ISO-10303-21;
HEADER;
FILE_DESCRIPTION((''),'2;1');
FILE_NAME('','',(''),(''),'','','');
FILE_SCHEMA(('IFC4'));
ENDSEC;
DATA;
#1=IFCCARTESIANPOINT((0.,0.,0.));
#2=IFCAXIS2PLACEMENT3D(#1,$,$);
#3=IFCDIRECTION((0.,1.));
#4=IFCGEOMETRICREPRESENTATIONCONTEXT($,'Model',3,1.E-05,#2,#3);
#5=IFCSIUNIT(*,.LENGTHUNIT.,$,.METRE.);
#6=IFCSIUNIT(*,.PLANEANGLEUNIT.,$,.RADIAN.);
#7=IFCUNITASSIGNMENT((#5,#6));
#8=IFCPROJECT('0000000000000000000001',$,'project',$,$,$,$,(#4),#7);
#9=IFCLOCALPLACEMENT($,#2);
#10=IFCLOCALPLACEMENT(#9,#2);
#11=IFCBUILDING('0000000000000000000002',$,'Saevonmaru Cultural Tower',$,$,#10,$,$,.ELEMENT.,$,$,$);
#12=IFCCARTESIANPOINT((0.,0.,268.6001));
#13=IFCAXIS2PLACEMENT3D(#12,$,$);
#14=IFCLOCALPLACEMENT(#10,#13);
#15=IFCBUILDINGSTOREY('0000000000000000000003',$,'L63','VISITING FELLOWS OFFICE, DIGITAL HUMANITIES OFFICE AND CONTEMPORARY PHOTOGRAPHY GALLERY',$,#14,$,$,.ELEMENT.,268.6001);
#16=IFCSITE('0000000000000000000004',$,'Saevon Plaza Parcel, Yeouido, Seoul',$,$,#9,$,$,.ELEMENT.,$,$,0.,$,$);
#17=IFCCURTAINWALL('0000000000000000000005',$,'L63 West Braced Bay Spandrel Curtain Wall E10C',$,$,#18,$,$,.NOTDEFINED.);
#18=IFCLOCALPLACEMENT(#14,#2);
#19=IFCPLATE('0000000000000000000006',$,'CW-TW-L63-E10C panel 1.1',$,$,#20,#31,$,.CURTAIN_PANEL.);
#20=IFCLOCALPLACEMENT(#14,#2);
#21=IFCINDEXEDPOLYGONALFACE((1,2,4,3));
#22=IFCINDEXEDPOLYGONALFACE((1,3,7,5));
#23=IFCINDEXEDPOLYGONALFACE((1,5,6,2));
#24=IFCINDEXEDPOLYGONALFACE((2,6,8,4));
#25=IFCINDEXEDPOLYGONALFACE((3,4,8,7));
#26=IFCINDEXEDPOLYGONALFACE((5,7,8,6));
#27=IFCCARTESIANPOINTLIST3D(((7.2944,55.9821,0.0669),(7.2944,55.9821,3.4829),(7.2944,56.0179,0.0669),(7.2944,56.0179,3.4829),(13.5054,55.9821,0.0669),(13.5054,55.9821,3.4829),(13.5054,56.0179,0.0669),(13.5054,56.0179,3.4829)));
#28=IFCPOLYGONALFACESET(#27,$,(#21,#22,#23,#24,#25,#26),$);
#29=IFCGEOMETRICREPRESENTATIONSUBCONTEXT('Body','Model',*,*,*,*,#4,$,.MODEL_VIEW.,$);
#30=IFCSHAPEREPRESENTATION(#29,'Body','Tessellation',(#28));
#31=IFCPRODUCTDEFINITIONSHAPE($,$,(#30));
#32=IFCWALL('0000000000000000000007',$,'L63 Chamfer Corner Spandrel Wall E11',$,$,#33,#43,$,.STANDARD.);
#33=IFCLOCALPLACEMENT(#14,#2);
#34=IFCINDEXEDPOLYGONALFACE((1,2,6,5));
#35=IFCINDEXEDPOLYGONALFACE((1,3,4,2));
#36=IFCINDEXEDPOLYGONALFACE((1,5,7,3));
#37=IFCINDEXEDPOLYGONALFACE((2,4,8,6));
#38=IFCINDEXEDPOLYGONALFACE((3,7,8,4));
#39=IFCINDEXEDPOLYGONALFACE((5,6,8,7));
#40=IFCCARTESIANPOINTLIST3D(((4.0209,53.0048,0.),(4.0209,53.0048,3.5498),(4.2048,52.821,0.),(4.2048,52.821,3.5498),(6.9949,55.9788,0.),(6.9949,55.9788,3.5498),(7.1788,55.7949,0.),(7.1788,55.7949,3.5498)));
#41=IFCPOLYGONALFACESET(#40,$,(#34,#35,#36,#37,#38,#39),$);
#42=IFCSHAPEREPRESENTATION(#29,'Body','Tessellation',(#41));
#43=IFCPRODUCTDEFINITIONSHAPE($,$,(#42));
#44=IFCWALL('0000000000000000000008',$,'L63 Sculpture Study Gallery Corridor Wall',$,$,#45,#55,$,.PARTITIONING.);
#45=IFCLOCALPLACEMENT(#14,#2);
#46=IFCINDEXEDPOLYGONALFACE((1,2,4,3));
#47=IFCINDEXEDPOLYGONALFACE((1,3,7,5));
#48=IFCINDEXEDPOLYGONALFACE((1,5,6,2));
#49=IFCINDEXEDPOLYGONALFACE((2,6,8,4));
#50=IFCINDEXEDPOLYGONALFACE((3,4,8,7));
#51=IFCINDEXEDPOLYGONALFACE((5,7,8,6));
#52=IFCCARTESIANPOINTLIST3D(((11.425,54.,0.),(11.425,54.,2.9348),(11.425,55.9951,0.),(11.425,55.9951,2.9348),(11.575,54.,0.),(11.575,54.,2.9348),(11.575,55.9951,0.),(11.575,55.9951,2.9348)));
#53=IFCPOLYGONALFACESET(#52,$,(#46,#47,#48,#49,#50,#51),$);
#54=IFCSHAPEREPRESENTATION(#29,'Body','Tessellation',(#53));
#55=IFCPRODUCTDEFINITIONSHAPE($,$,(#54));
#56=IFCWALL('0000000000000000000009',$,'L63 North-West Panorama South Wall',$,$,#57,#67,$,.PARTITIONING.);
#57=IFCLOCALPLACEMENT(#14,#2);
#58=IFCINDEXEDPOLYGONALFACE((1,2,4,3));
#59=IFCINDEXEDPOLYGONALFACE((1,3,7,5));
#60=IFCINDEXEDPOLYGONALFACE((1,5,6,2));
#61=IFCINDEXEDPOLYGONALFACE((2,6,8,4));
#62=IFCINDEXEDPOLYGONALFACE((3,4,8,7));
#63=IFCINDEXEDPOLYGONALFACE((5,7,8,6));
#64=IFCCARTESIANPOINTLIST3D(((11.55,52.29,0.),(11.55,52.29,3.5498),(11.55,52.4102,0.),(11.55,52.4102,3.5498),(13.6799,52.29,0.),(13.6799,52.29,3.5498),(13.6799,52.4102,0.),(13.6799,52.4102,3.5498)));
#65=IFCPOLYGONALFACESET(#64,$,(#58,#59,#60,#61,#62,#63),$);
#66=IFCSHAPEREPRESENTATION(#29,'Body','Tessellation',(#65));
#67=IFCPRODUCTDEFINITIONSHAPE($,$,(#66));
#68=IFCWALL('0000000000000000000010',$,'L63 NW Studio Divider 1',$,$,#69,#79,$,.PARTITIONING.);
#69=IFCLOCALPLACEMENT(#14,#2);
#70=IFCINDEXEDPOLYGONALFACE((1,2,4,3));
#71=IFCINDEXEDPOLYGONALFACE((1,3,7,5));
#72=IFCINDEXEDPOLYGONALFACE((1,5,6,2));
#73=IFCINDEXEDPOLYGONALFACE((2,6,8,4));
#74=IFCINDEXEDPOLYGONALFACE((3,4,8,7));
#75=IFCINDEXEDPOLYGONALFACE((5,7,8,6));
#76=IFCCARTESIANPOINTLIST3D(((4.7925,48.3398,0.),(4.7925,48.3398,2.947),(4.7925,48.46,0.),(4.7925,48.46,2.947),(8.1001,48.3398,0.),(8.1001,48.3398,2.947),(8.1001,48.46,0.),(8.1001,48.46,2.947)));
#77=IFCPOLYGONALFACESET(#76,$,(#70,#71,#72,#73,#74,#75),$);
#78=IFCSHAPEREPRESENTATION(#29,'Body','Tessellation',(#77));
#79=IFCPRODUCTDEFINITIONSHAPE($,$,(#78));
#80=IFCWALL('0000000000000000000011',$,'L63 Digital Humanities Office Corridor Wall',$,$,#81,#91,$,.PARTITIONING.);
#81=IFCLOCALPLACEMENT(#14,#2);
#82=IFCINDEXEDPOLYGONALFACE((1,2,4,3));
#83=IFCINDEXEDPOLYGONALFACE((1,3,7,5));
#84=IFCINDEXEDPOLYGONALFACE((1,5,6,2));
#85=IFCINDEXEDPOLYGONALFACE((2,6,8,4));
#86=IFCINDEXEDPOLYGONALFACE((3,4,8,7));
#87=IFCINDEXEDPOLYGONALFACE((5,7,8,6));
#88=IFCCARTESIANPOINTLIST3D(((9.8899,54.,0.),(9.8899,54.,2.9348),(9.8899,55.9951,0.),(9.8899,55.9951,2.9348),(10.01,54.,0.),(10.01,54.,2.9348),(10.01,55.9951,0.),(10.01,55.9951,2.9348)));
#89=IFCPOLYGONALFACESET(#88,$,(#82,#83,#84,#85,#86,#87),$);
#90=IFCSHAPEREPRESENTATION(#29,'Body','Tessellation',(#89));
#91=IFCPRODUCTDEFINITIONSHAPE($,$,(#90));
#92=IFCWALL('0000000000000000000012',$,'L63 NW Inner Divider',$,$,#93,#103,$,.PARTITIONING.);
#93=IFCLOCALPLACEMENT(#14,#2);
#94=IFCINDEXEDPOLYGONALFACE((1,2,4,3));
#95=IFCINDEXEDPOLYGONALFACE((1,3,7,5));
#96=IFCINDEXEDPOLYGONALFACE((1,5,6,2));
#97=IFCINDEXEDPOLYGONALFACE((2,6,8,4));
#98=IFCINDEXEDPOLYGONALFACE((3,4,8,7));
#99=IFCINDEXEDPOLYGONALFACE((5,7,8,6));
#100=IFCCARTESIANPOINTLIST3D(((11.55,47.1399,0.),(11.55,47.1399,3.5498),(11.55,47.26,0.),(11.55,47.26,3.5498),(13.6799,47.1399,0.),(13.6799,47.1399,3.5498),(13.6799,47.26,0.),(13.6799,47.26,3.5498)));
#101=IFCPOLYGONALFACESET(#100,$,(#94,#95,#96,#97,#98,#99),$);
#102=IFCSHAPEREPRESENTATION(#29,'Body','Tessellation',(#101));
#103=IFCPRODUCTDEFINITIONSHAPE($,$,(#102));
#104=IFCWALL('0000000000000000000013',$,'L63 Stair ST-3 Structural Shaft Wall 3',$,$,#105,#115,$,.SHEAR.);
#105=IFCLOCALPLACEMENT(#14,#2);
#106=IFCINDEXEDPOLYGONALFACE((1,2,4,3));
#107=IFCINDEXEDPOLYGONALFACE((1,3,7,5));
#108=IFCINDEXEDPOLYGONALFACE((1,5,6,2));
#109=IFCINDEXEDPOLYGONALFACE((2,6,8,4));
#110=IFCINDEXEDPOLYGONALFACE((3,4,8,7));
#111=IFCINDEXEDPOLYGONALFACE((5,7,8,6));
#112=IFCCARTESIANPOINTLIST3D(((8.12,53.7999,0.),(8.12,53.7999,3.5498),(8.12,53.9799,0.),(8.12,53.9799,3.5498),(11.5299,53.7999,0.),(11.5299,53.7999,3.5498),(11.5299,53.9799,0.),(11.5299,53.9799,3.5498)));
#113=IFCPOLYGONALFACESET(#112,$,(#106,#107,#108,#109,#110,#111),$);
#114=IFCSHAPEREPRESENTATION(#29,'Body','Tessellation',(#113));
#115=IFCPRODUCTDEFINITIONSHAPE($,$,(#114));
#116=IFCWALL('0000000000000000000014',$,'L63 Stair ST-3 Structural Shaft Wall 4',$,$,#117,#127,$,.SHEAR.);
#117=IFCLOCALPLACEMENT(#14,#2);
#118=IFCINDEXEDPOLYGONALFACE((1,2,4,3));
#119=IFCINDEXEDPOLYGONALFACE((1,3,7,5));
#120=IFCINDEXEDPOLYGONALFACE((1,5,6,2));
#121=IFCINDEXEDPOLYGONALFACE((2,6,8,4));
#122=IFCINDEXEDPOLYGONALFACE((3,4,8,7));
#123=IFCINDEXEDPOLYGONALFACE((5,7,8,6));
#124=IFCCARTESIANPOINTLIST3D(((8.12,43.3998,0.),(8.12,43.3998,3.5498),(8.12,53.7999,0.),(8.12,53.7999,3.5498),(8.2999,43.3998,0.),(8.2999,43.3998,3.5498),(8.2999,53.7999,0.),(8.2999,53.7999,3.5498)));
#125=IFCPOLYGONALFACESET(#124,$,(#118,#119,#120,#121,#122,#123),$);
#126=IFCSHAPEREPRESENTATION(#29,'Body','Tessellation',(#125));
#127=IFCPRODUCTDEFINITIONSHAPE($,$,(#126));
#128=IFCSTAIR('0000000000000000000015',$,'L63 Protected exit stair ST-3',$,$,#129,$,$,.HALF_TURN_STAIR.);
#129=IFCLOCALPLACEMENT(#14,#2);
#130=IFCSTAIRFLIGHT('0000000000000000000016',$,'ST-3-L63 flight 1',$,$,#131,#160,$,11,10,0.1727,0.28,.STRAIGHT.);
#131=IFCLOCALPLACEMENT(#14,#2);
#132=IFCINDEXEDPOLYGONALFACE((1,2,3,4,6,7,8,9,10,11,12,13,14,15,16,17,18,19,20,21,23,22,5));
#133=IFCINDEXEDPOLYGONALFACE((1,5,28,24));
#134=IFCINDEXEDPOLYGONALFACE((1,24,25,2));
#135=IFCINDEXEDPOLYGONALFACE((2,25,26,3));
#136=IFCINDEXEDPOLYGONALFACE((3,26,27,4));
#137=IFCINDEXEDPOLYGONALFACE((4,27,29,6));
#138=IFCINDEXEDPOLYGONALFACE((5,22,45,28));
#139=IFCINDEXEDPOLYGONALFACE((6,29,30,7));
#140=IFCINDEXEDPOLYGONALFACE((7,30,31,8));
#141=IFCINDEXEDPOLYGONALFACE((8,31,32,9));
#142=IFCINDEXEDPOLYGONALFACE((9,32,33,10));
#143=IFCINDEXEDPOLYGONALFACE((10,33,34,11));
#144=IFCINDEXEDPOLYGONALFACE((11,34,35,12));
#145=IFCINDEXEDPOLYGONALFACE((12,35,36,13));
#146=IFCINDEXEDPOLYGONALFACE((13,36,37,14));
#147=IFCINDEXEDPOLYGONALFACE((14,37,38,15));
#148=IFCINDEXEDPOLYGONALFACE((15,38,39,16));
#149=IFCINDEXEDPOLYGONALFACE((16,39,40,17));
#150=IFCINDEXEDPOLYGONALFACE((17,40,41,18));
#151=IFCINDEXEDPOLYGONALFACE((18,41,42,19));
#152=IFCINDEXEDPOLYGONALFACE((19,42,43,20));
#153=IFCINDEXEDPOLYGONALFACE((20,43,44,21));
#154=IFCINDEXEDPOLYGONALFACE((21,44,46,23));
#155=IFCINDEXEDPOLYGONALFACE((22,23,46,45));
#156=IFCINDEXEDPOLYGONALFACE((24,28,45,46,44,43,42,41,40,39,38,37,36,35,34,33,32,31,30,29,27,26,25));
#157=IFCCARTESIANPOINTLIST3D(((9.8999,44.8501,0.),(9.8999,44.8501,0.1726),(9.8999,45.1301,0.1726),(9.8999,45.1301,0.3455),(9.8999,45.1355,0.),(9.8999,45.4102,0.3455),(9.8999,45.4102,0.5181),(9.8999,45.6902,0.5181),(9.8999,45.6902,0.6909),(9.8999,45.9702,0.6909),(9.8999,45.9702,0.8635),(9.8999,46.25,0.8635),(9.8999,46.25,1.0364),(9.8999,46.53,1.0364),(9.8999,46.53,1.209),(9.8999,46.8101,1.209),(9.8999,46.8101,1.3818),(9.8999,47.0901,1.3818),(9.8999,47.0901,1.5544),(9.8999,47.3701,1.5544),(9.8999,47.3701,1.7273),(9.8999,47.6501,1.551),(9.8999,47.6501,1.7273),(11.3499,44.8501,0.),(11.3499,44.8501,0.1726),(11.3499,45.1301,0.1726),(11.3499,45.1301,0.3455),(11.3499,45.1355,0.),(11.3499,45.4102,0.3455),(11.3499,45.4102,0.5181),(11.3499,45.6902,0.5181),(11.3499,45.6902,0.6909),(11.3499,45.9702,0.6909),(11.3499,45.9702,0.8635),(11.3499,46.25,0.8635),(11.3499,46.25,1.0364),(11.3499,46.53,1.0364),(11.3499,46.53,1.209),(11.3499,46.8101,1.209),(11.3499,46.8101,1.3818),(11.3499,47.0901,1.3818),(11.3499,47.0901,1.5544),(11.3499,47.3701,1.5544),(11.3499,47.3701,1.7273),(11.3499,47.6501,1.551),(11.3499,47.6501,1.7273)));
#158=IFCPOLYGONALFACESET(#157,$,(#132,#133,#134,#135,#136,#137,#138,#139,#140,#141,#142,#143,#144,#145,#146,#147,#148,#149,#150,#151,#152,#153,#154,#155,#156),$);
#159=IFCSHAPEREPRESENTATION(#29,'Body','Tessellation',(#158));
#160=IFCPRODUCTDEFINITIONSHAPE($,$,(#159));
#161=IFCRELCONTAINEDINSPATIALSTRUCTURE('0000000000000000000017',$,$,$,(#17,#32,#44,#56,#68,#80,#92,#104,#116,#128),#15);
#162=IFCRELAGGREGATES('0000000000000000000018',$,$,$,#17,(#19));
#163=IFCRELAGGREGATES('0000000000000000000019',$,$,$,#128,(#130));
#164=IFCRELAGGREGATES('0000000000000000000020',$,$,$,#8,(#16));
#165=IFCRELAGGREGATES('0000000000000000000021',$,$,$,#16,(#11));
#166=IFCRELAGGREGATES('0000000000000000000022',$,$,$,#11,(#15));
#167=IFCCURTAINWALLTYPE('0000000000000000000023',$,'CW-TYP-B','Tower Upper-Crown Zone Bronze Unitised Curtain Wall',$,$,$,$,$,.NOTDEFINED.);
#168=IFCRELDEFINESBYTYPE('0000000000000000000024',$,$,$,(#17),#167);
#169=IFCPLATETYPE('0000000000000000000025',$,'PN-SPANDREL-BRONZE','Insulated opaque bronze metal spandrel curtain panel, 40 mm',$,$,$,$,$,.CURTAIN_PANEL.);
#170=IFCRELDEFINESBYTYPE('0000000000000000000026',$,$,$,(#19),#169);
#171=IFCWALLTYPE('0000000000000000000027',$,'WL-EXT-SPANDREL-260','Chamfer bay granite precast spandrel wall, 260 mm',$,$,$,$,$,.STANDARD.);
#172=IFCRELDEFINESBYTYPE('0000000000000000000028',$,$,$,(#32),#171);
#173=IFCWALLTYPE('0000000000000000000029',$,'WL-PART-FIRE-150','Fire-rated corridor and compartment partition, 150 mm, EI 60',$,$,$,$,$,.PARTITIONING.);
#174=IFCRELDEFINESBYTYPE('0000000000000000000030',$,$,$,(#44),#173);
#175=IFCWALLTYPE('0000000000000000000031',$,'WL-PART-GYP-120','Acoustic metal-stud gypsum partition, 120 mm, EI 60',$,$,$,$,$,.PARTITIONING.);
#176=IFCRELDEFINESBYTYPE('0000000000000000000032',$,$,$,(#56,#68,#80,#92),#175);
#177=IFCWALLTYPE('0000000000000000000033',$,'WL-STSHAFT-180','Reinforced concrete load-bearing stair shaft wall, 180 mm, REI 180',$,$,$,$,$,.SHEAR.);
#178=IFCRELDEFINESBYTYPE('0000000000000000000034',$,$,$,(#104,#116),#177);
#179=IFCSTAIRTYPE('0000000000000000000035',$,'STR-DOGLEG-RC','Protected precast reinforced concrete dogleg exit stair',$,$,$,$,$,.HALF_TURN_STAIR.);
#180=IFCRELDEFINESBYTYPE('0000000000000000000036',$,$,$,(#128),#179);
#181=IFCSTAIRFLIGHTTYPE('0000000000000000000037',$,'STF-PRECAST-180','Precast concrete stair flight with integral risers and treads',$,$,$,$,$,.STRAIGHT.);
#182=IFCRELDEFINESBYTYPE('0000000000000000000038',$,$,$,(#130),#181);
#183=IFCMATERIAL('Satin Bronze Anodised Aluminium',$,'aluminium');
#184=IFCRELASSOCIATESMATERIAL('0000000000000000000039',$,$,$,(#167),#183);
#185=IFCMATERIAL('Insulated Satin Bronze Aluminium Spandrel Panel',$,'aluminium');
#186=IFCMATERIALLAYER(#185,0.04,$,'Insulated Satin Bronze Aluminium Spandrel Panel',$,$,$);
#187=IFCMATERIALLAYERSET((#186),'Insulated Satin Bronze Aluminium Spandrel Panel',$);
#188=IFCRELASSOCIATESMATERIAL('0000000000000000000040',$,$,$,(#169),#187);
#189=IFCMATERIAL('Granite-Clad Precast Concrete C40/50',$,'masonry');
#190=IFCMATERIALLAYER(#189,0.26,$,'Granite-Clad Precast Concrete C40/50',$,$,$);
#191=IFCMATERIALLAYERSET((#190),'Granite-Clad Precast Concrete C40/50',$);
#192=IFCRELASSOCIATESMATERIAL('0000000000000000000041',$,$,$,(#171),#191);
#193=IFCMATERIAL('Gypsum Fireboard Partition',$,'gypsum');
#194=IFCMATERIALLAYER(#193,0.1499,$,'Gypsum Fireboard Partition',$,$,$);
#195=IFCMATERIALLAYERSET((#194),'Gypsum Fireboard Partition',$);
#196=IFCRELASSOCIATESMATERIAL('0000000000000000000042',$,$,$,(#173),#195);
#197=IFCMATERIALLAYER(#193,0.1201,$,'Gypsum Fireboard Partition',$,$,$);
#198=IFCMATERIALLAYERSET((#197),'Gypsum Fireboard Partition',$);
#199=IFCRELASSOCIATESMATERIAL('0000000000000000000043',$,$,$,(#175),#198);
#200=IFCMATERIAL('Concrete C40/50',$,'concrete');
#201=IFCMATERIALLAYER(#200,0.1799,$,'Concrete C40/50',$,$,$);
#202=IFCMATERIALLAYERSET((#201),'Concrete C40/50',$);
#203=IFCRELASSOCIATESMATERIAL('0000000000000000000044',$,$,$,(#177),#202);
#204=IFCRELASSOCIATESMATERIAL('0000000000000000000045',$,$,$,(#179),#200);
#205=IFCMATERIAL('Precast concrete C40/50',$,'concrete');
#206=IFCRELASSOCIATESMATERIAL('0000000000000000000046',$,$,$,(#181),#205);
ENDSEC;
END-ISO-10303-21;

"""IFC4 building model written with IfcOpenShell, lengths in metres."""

from ifc_helpers import new_model, si_unit, direction, frame, frame_2d, origin, origin_2d, place, context, subcontext, project, spatial, polyline, rectangle, outline, extrude, material, layer, layer_set, type_object, element, aggregate, save


model = new_model("IFC4")

# Units and contexts
model_context = context("Model", 3, precision=1e-05, world=origin(), true_north=direction((0.0, 1.0)))
body_context = subcontext(model_context, "Body", "Model", "MODEL_VIEW")
ifc_project = project(units=[si_unit("LENGTHUNIT", "METRE"), si_unit("PLANEANGLEUNIT", "RADIAN")], contexts=[model_context])

# Site, building, storey
site_placement = place(None, origin())
site = spatial("IfcSite", under=ifc_project, at=site_placement, Name="Saevon Plaza Parcel, Yeouido, Seoul", CompositionType="ELEMENT", RefElevation=0.0)
building_placement = place(site_placement, origin())
building = spatial("IfcBuilding", under=site, at=building_placement, Name="Saevonmaru Cultural Tower", CompositionType="ELEMENT")
storey_placement = place(building_placement, frame((0.0, 0.0, 268.6001)))
storey = spatial("IfcBuildingStorey", under=building, at=storey_placement, Name="L63", Description="VISITING FELLOWS OFFICE, DIGITAL HUMANITIES OFFICE AND CONTEMPORARY PHOTOGRAPHY GALLERY", CompositionType="ELEMENT", Elevation=268.6001)

# Curtain wall
ifc_material_1 = material(Name="Satin Bronze Anodised Aluminium", Category="aluminium")
curtain_wall_type = type_object("IfcCurtainWallType", Name="CW-TYP-B", Description="Tower Upper-Crown Zone Bronze Unitised Curtain Wall", PredefinedType="NOTDEFINED", material=ifc_material_1)
curtain_wall_1_placement = place(storey_placement, origin())
curtain_wall_1 = element("IfcCurtainWall", 1, at=curtain_wall_1_placement, inside=storey, type_object=curtain_wall_type, Name="L63 West Braced Bay Spandrel Curtain Wall E10C", PredefinedType="NOTDEFINED")

# Plate
ifc_material_2 = material(Name="Insulated Satin Bronze Aluminium Spandrel Panel", Category="aluminium")
ifc_layer_1 = layer(ifc_material_2, 0.04, Name="Insulated Satin Bronze Aluminium Spandrel Panel")
ifc_layer_set_1 = layer_set([ifc_layer_1], Name="Insulated Satin Bronze Aluminium Spandrel Panel")
plate_type_1 = type_object("IfcPlateType", Name="PN-SPANDREL-BRONZE", Description="Insulated opaque bronze metal spandrel curtain panel, 40 mm", PredefinedType="CURTAIN_PANEL", material=ifc_layer_set_1)
plate_1_placement = place(storey_placement, frame((10.3999, 56.0, 0.0669), z_axis=(0.0, 0.0, 1.0), x_axis=(-1.0, 0.0, 0.0)))
plate_1 = element("IfcPlate", 2, at=plate_1_placement, type_object=plate_type_1, Name="CW-TW-L63-E10C panel 1.1", PredefinedType="CURTAIN_PANEL", context=body_context, shape_type="SweptSolid", body=[
    extrude(rectangle(XDim=6.2109, YDim=0.0359, at=origin_2d()), origin(), (0.0, 0.0, 1.0), 3.416),
])
aggregate(curtain_wall_1, [plate_1])

# Walls
ifc_material_3 = material(Name="Granite-Clad Precast Concrete C40/50", Category="masonry")
ifc_layer_2 = layer(ifc_material_3, 0.26, Name="Granite-Clad Precast Concrete C40/50")
ifc_layer_set_2 = layer_set([ifc_layer_2], Name="Granite-Clad Precast Concrete C40/50")
wall_type_1 = type_object("IfcWallType", Name="WL-EXT-SPANDREL-260", Description="Chamfer bay granite precast spandrel wall, 260 mm", PredefinedType="STANDARD", material=ifc_layer_set_2)
wall_1_placement = place(storey_placement, frame((7.0869, 55.887, 0.0), z_axis=(0.0, 0.0, 1.0), x_axis=(-0.707107, -0.707107, 0.0)))
element("IfcWall", 3, at=wall_1_placement, inside=storey, type_object=wall_type_1, Name="L63 Chamfer Corner Spandrel Wall E11", PredefinedType="STANDARD", context=body_context, shape_type="SweptSolid", body=[
    extrude(rectangle(XDim=4.2058, YDim=0.26, at=frame_2d((2.103, 0.0))), origin(), (0.0, 0.0, 1.0), 3.5498),
])
ifc_material_4 = material(Name="Gypsum Fireboard Partition", Category="gypsum")
ifc_layer_3 = layer(ifc_material_4, 0.1499, Name="Gypsum Fireboard Partition")
ifc_layer_set_3 = layer_set([ifc_layer_3], Name="Gypsum Fireboard Partition")
wall_type_2 = type_object("IfcWallType", Name="WL-PART-FIRE-150", Description="Fire-rated corridor and compartment partition, 150 mm, EI 60", PredefinedType="PARTITIONING", material=ifc_layer_set_3)
wall_2_placement = place(storey_placement, frame((11.5, 54.0, 0.0), z_axis=(0.0, 0.0, 1.0), x_axis=(0.0, 1.0, 0.0)))
element("IfcWall", 4, at=wall_2_placement, inside=storey, type_object=wall_type_2, Name="L63 Sculpture Study Gallery Corridor Wall", PredefinedType="PARTITIONING", context=body_context, shape_type="SweptSolid", body=[
    extrude(rectangle(XDim=1.9951, YDim=0.1499, at=frame_2d((0.9976, 0.0))), origin(), (0.0, 0.0, 1.0), 2.9348),
])
ifc_layer_4 = layer(ifc_material_4, 0.1201, Name="Gypsum Fireboard Partition")
ifc_layer_set_4 = layer_set([ifc_layer_4], Name="Gypsum Fireboard Partition")
wall_type_3 = type_object("IfcWallType", Name="WL-PART-GYP-120", Description="Acoustic metal-stud gypsum partition, 120 mm, EI 60", PredefinedType="PARTITIONING", material=ifc_layer_set_4)
wall_3_placement = place(storey_placement, frame((11.55, 52.3501, 0.0), z_axis=(0.0, 0.0, 1.0), x_axis=(1.0, 0.0, 0.0)))
element("IfcWall", 5, at=wall_3_placement, inside=storey, type_object=wall_type_3, Name="L63 North-West Panorama South Wall", PredefinedType="PARTITIONING", context=body_context, shape_type="SweptSolid", body=[
    extrude(rectangle(XDim=2.1299, YDim=0.1201, at=frame_2d((1.0649, 0.0))), origin(), (0.0, 0.0, 1.0), 3.5498),
])
wall_4_placement = place(storey_placement, frame((4.7925, 48.3999, 0.0), z_axis=(0.0, 0.0, 1.0), x_axis=(1.0, 0.0, 0.0)))
element("IfcWall", 6, at=wall_4_placement, inside=storey, type_object=wall_type_3, Name="L63 NW Studio Divider 1", PredefinedType="PARTITIONING", context=body_context, shape_type="SweptSolid", body=[
    extrude(rectangle(XDim=3.3076, YDim=0.1201, at=frame_2d((1.6538, 0.0))), origin(), (0.0, 0.0, 1.0), 2.947),
])
wall_5_placement = place(storey_placement, frame((9.95, 54.0, 0.0), z_axis=(0.0, 0.0, 1.0), x_axis=(0.0, 1.0, 0.0)))
element("IfcWall", 7, at=wall_5_placement, inside=storey, type_object=wall_type_3, Name="L63 Digital Humanities Office Corridor Wall", PredefinedType="PARTITIONING", context=body_context, shape_type="SweptSolid", body=[
    extrude(rectangle(XDim=1.9951, YDim=0.1201, at=frame_2d((0.9976, 0.0))), origin(), (0.0, 0.0, 1.0), 2.9348),
])
wall_6_placement = place(storey_placement, frame((11.55, 47.2, 0.0), z_axis=(0.0, 0.0, 1.0), x_axis=(1.0, 0.0, 0.0)))
element("IfcWall", 8, at=wall_6_placement, inside=storey, type_object=wall_type_3, Name="L63 NW Inner Divider", PredefinedType="PARTITIONING", context=body_context, shape_type="SweptSolid", body=[
    extrude(rectangle(XDim=2.1299, YDim=0.1201, at=frame_2d((1.0649, 0.0))), origin(), (0.0, 0.0, 1.0), 3.5498),
])
ifc_material_5 = material(Name="Concrete C40/50", Category="concrete")
ifc_layer_5 = layer(ifc_material_5, 0.1799, Name="Concrete C40/50")
ifc_layer_set_5 = layer_set([ifc_layer_5], Name="Concrete C40/50")
wall_type_4 = type_object("IfcWallType", Name="WL-STSHAFT-180", Description="Reinforced concrete load-bearing stair shaft wall, 180 mm, REI 180", PredefinedType="SHEAR", material=ifc_layer_set_5)
wall_7_placement = place(storey_placement, frame((11.53, 53.8899, 0.0), z_axis=(0.0, 0.0, 1.0), x_axis=(-1.0, 0.0, 0.0)))
element("IfcWall", 9, at=wall_7_placement, inside=storey, type_object=wall_type_4, Name="L63 Stair ST-3 Structural Shaft Wall 3", PredefinedType="SHEAR", context=body_context, shape_type="SweptSolid", body=[
    extrude(rectangle(XDim=3.4099, YDim=0.1799, at=frame_2d((1.7051, 0.0))), origin(), (0.0, 0.0, 1.0), 3.5498),
])
wall_8_placement = place(storey_placement, frame((8.21, 53.8, 0.0), z_axis=(0.0, 0.0, 1.0), x_axis=(0.0, -1.0, 0.0)))
element("IfcWall", 10, at=wall_8_placement, inside=storey, type_object=wall_type_4, Name="L63 Stair ST-3 Structural Shaft Wall 4", PredefinedType="SHEAR", context=body_context, shape_type="SweptSolid", body=[
    extrude(rectangle(XDim=10.4001, YDim=0.1799, at=frame_2d((5.2002, 0.0))), origin(), (0.0, 0.0, 1.0), 3.5498),
])

# Stair, stair flight
stair_type = type_object("IfcStairType", Name="STR-DOGLEG-RC", Description="Protected precast reinforced concrete dogleg exit stair", PredefinedType="HALF_TURN_STAIR", material=ifc_material_5)
stair_placement = place(storey_placement, origin())
stair = element("IfcStair", 11, at=stair_placement, inside=storey, type_object=stair_type, Name="L63 Protected exit stair ST-3", PredefinedType="HALF_TURN_STAIR")
ifc_material_6 = material(Name="Precast concrete C40/50", Category="concrete")
stair_flight_type = type_object("IfcStairFlightType", Name="STF-PRECAST-180", Description="Precast concrete stair flight with integral risers and treads", PredefinedType="STRAIGHT", material=ifc_material_6)
stair_flight_1_placement = place(storey_placement, frame((10.625, 44.8501, 0.0), z_axis=(0.0, 0.0, 1.0), x_axis=(0.0, 1.0, 0.0)))
stair_flight_1 = element("IfcStairFlight", 12, at=stair_flight_1_placement, type_object=stair_flight_type, Name="ST-3-L63 flight 1", NumberOfRisers=11, NumberOfTreads=10, PredefinedType="STRAIGHT", RiserHeight=0.1727, TreadLength=0.28, context=body_context, shape_type="SweptSolid", body=[
    extrude(outline(polyline([(0.0, 0.0), (0.0, 0.1726), (0.28, 0.1726), (0.28, 0.3455), (0.5601, 0.3455), (0.5601, 0.5181), (0.8401, 0.5181), (0.8401, 0.6909), (1.1201, 0.6909), (1.1201, 0.8635), (1.3999, 0.8635), (1.3999, 1.0364), (1.6799, 1.0364), (1.6799, 1.209), (1.96, 1.209), (1.96, 1.3818), (2.24, 1.3818), (2.24, 1.5544), (2.52, 1.5544), (2.52, 1.7273), (2.8, 1.7273), (2.8, 1.8999), (2.8, 1.551), (0.2854, 0.0), (0.0, 0.0)])), frame((0.0, 0.7251, 0.0), z_axis=(0.0, -1.0, 0.0), x_axis=(1.0, 0.0, 0.0)), (0.0, 0.0, 1.0), 1.45),
])
aggregate(stair, [stair_flight_1])

save(model, "model.ifc")
